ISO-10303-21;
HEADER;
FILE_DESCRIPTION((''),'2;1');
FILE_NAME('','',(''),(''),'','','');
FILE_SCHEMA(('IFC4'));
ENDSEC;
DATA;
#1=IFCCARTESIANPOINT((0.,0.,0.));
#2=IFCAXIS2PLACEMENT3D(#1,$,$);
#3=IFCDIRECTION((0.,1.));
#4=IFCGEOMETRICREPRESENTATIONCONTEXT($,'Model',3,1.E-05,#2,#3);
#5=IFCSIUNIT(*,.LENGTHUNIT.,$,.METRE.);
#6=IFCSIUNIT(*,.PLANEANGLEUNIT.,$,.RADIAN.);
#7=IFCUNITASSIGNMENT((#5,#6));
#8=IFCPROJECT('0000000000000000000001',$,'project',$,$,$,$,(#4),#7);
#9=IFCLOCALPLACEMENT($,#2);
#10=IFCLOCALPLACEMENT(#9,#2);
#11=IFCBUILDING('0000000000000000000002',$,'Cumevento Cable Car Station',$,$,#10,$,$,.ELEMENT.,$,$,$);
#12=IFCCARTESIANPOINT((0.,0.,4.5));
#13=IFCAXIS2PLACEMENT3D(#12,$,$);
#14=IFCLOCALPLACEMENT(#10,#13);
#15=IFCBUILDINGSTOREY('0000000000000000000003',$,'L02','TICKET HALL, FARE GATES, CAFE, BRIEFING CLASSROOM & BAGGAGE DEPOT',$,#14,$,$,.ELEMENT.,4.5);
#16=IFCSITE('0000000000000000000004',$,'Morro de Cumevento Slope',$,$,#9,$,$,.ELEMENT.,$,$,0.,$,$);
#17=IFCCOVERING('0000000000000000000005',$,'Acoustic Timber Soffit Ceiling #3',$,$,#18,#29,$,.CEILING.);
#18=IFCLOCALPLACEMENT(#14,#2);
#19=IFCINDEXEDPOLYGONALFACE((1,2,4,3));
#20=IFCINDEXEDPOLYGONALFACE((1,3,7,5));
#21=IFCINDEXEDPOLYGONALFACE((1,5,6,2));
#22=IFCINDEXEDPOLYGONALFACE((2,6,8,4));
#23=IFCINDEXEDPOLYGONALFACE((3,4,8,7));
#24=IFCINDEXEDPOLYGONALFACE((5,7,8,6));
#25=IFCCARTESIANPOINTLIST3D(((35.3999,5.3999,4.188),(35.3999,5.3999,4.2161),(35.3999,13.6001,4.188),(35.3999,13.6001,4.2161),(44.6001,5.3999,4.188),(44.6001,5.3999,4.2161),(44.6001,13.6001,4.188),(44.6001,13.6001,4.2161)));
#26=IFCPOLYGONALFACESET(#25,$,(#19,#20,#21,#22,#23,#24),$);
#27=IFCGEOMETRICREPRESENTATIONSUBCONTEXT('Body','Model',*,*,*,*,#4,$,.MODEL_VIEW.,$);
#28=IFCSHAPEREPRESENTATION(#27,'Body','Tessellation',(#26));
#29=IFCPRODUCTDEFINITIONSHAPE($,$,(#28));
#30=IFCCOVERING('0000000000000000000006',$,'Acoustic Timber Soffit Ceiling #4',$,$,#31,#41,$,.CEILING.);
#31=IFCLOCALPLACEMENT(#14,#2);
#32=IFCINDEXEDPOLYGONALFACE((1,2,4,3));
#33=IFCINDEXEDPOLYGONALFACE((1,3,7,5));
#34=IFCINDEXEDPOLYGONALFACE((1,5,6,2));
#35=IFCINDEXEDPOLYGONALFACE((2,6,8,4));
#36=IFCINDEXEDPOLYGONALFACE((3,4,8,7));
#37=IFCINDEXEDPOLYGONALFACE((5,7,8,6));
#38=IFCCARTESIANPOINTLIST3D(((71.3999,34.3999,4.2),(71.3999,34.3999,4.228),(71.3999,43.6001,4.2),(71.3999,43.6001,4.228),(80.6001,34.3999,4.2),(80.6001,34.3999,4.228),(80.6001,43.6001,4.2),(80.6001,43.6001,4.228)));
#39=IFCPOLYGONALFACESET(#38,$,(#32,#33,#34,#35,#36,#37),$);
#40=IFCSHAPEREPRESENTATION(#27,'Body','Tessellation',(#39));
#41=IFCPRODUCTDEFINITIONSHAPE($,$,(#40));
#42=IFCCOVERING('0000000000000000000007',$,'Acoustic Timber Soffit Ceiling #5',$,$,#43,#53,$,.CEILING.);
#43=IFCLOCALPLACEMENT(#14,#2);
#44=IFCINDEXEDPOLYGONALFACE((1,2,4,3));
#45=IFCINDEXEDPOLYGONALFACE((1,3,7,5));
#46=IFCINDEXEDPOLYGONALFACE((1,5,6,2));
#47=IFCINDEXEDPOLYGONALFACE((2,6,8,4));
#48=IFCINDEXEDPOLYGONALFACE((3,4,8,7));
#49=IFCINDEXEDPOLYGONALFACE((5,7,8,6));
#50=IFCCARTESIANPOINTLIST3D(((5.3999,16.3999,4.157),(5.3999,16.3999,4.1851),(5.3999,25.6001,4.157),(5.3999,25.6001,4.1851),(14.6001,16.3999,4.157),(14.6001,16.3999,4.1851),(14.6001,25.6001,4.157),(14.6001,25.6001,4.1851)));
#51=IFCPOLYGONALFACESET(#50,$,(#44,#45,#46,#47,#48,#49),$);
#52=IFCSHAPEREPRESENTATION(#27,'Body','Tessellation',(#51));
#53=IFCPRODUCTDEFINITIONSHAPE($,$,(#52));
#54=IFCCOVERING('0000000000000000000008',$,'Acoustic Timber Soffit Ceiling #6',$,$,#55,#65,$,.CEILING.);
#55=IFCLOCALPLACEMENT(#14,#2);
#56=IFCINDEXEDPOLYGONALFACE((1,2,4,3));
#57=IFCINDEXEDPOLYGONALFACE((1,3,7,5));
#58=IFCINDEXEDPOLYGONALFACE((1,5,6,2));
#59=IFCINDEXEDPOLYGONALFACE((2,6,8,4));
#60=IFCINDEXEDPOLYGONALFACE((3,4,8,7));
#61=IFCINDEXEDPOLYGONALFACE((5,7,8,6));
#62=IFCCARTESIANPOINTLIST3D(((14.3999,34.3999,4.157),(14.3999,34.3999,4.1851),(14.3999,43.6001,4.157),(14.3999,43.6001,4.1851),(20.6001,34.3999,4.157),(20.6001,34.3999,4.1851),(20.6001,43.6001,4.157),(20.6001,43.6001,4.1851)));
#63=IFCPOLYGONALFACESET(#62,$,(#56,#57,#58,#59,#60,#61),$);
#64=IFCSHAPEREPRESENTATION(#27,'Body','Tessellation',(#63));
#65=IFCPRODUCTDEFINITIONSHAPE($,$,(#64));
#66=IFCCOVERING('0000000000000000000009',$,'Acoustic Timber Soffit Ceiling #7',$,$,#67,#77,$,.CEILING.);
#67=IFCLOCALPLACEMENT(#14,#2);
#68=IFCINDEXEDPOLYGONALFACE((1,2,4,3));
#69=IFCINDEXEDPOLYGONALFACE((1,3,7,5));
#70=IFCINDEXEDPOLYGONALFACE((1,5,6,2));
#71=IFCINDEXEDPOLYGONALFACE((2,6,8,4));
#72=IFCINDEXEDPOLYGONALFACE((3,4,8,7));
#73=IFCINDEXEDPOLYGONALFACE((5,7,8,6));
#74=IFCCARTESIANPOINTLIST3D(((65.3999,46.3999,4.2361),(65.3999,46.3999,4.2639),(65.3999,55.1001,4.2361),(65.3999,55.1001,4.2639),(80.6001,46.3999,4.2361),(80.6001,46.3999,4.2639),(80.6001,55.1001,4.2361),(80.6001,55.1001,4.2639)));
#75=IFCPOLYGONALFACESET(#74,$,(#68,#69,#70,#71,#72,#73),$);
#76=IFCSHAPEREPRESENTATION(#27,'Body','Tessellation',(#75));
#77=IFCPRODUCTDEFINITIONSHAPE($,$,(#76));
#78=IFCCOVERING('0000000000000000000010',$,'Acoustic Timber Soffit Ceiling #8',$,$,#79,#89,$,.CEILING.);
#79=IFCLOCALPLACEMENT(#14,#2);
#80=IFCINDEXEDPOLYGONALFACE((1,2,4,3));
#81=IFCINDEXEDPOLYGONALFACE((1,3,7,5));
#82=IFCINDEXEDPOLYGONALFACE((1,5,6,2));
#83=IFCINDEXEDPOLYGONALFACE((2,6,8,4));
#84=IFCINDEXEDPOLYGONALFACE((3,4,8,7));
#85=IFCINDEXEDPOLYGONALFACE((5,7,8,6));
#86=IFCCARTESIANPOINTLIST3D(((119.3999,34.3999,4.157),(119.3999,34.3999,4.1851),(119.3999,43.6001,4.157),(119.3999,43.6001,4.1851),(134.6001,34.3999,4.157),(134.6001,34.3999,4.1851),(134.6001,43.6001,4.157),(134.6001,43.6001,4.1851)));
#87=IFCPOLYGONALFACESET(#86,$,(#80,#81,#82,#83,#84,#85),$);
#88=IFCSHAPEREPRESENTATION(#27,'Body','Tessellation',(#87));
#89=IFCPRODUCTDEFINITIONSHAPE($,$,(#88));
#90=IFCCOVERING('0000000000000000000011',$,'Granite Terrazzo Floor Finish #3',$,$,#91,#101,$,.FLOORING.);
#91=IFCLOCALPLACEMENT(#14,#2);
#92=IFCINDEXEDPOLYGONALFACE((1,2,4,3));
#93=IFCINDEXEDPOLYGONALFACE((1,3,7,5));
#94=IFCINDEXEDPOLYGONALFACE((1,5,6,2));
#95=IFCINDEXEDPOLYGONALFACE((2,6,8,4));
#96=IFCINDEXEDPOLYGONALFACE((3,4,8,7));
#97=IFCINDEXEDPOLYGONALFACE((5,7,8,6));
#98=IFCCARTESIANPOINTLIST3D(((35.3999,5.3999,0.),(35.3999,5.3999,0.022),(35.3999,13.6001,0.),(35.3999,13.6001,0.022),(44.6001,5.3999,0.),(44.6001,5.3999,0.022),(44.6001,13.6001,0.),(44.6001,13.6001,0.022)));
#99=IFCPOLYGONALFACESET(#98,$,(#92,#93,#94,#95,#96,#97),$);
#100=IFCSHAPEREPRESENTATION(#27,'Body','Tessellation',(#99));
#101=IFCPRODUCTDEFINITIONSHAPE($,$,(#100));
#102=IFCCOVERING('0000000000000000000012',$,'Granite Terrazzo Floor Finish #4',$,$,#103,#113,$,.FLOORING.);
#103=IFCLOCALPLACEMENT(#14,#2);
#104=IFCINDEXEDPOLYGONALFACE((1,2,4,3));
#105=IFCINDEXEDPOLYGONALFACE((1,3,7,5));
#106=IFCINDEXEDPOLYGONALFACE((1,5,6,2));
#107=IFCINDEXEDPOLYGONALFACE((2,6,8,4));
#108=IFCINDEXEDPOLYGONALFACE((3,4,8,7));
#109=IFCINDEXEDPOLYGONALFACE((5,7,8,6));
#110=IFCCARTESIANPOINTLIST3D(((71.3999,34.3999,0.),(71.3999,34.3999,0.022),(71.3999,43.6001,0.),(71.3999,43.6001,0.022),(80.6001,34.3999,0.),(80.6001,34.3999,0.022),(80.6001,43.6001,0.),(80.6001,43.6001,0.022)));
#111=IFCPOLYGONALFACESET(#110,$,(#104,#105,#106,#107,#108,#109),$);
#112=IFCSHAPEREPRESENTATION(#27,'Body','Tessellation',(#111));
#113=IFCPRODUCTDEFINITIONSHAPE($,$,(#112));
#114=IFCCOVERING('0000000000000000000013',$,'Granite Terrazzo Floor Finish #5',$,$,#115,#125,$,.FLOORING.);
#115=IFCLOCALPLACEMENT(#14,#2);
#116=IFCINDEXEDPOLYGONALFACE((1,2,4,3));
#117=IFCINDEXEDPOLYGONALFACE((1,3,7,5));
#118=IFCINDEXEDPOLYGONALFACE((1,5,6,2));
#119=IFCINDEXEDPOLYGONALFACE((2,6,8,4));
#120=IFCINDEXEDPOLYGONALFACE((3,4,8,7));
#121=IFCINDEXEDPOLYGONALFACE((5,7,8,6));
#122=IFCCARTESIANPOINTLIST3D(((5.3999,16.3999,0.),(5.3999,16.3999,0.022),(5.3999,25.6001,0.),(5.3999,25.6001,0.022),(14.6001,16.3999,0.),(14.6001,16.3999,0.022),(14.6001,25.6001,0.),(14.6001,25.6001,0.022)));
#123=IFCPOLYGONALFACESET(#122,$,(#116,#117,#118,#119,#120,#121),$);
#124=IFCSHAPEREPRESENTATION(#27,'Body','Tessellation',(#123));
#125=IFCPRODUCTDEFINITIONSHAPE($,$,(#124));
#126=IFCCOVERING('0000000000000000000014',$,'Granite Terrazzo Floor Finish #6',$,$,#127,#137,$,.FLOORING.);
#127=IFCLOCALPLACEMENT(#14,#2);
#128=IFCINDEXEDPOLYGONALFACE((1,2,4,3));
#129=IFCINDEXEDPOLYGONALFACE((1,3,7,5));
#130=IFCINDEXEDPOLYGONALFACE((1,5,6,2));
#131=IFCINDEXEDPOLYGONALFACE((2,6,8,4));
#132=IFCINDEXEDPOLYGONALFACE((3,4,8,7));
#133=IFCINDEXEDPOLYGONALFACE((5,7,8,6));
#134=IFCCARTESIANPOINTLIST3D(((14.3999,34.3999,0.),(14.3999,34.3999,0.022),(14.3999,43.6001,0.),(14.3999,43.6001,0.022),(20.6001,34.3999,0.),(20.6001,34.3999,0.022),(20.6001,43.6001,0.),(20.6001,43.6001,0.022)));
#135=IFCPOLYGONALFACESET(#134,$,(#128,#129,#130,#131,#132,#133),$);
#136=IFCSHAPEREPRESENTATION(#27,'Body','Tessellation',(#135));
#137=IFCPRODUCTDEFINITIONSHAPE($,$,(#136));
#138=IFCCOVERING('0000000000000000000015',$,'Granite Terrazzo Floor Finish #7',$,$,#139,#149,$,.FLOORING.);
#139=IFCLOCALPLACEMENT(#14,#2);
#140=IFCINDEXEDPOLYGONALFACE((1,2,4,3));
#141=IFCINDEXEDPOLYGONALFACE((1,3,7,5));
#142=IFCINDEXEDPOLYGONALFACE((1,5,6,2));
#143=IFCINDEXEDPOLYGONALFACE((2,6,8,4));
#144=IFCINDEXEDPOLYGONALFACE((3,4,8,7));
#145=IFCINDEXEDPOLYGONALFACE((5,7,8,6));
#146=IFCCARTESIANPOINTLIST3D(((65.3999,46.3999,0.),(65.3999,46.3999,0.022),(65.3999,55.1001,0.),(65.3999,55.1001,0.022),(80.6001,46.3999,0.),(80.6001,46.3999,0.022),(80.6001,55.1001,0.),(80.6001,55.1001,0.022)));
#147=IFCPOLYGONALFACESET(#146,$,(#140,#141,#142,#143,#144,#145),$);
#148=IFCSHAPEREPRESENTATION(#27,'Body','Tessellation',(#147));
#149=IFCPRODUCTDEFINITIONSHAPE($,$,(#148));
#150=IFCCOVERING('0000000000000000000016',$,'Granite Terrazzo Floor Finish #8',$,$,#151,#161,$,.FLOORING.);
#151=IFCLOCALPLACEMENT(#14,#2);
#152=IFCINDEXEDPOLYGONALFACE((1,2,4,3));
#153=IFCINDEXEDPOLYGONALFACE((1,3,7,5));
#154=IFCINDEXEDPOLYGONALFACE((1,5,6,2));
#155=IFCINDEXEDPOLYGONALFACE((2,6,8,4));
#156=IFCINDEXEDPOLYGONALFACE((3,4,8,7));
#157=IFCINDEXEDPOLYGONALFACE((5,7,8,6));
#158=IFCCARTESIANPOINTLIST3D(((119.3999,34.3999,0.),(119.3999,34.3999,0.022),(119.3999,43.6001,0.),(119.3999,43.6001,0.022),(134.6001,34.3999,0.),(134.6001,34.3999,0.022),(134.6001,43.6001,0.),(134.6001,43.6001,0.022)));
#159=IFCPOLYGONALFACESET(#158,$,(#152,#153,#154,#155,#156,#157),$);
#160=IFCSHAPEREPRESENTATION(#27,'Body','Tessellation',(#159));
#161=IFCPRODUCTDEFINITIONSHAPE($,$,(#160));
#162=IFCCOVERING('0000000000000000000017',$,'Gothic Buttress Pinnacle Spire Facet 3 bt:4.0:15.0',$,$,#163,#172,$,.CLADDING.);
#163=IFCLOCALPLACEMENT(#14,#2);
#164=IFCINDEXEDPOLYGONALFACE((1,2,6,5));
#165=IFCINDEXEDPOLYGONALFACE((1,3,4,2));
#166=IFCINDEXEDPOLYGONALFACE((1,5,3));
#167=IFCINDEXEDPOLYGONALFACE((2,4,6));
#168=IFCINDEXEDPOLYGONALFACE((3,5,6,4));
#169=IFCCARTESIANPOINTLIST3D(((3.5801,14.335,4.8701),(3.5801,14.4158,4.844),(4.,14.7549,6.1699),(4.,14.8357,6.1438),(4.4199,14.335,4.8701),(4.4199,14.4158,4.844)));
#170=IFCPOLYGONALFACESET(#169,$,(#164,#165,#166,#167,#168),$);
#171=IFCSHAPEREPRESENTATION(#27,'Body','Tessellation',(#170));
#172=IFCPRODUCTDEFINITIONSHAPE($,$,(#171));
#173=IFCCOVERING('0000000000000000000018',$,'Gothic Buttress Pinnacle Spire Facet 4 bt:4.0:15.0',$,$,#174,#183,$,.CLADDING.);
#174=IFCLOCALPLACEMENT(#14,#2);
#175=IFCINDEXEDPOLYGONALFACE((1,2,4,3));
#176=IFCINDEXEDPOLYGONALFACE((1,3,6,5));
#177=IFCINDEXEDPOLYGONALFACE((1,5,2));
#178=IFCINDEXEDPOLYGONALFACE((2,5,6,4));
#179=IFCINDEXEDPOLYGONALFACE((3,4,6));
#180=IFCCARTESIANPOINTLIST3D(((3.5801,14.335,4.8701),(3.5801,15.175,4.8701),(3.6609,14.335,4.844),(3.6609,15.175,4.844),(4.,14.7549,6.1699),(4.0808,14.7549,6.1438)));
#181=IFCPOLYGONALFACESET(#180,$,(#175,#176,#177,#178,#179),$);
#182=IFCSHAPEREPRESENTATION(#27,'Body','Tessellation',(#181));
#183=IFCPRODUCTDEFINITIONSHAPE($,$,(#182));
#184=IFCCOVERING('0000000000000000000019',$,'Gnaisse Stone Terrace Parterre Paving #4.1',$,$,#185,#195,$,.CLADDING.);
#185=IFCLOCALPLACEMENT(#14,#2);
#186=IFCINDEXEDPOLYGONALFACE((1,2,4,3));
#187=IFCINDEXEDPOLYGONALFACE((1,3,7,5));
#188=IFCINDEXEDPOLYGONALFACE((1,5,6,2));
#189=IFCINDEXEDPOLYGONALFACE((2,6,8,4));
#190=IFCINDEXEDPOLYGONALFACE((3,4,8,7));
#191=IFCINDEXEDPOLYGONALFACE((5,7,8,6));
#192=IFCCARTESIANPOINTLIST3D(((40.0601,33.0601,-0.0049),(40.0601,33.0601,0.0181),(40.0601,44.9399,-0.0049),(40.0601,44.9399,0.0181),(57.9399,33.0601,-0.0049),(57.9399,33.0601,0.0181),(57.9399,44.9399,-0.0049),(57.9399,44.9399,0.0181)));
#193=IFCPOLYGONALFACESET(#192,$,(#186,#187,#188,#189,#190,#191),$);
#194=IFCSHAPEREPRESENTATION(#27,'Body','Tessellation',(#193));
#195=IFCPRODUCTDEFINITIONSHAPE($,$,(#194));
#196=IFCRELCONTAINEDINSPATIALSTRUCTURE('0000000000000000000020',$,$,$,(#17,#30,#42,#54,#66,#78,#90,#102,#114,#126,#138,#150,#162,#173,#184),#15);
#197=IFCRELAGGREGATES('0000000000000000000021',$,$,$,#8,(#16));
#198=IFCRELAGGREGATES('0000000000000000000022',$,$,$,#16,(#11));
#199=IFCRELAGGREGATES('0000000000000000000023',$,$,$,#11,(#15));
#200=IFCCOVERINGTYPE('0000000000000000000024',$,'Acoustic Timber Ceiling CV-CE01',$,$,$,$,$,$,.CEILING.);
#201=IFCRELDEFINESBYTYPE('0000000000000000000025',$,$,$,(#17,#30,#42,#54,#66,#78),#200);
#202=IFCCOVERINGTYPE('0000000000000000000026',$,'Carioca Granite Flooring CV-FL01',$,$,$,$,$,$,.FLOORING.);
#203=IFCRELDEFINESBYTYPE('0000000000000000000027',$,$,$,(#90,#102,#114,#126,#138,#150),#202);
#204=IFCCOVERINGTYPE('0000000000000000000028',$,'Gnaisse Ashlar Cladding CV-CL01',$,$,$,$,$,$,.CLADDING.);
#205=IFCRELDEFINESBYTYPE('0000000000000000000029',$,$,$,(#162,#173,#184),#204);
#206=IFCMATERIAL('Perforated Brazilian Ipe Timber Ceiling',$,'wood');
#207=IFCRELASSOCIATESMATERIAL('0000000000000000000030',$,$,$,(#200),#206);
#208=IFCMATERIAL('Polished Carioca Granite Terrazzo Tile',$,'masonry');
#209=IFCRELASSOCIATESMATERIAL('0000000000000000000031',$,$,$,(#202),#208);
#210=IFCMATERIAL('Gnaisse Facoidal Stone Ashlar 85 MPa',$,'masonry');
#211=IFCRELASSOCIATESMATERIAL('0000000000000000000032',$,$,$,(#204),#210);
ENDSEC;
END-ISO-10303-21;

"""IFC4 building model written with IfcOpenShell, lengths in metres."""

from ifc_helpers import new_model, si_unit, direction, frame, origin, place, context, subcontext, project, spatial, polyline, outline, extrude, material, type_object, element, save


model = new_model("IFC4")

# Units and contexts
model_context = context("Model", 3, precision=1e-05, world=origin(), true_north=direction((0.0, 1.0)))
body_context = subcontext(model_context, "Body", "Model", "MODEL_VIEW")
ifc_project = project(units=[si_unit("LENGTHUNIT", "METRE"), si_unit("PLANEANGLEUNIT", "RADIAN")], contexts=[model_context])

# Site, building, storey
site_placement = place(None, origin())
site = spatial("IfcSite", under=ifc_project, at=site_placement, Name="Morro de Cumevento Slope", CompositionType="ELEMENT", RefElevation=0.0)
building_placement = place(site_placement, origin())
building = spatial("IfcBuilding", under=site, at=building_placement, Name="Cumevento Cable Car Station", CompositionType="ELEMENT")
storey_placement = place(building_placement, frame((0.0, 0.0, 4.5)))
storey = spatial("IfcBuildingStorey", under=building, at=storey_placement, Name="L02", Description="TICKET HALL, FARE GATES, CAFE, BRIEFING CLASSROOM & BAGGAGE DEPOT", CompositionType="ELEMENT", Elevation=4.5)

# Coverings
ifc_material_1 = material(Name="Perforated Brazilian Ipe Timber Ceiling", Category="wood")
covering_type_1 = type_object("IfcCoveringType", Name="Acoustic Timber Ceiling CV-CE01", PredefinedType="CEILING", material=ifc_material_1)
covering_1_placement = place(storey_placement, frame((0.0, 0.0, 4.188)))
element("IfcCovering", 1, at=covering_1_placement, inside=storey, type_object=covering_type_1, Name="Acoustic Timber Soffit Ceiling #3", PredefinedType="CEILING", context=body_context, shape_type="SweptSolid", body=[
    extrude(outline(polyline([(35.3999, 5.3999), (44.6001, 5.3999), (44.6001, 13.6001), (35.3999, 13.6001), (35.3999, 5.3999)])), origin(), (0.0, 0.0, 1.0), 0.0281),
])
covering_2_placement = place(storey_placement, frame((0.0, 0.0, 4.2)))
element("IfcCovering", 2, at=covering_2_placement, inside=storey, type_object=covering_type_1, Name="Acoustic Timber Soffit Ceiling #4", PredefinedType="CEILING", context=body_context, shape_type="SweptSolid", body=[
    extrude(outline(polyline([(71.3999, 34.3999), (80.6001, 34.3999), (80.6001, 43.6001), (71.3999, 43.6001), (71.3999, 34.3999)])), origin(), (0.0, 0.0, 1.0), 0.0281),
])
covering_3_placement = place(storey_placement, frame((0.0, 0.0, 4.157)))
element("IfcCovering", 3, at=covering_3_placement, inside=storey, type_object=covering_type_1, Name="Acoustic Timber Soffit Ceiling #5", PredefinedType="CEILING", context=body_context, shape_type="SweptSolid", body=[
    extrude(outline(polyline([(5.3999, 16.3999), (14.6001, 16.3999), (14.6001, 25.6001), (5.3999, 25.6001), (5.3999, 16.3999)])), origin(), (0.0, 0.0, 1.0), 0.0281),
])
covering_4_placement = place(storey_placement, frame((0.0, 0.0, 4.157)))
element("IfcCovering", 4, at=covering_4_placement, inside=storey, type_object=covering_type_1, Name="Acoustic Timber Soffit Ceiling #6", PredefinedType="CEILING", context=body_context, shape_type="SweptSolid", body=[
    extrude(outline(polyline([(14.3999, 34.3999), (20.6001, 34.3999), (20.6001, 43.6001), (14.3999, 43.6001), (14.3999, 34.3999)])), origin(), (0.0, 0.0, 1.0), 0.0281),
])
covering_5_placement = place(storey_placement, frame((0.0, 0.0, 4.2361)))
element("IfcCovering", 5, at=covering_5_placement, inside=storey, type_object=covering_type_1, Name="Acoustic Timber Soffit Ceiling #7", PredefinedType="CEILING", context=body_context, shape_type="SweptSolid", body=[
    extrude(outline(polyline([(65.3999, 46.3999), (80.6001, 46.3999), (80.6001, 55.1001), (65.3999, 55.1001), (65.3999, 46.3999)])), origin(), (0.0, 0.0, 1.0), 0.0278),
])
covering_6_placement = place(storey_placement, frame((0.0, 0.0, 4.157)))
element("IfcCovering", 6, at=covering_6_placement, inside=storey, type_object=covering_type_1, Name="Acoustic Timber Soffit Ceiling #8", PredefinedType="CEILING", context=body_context, shape_type="SweptSolid", body=[
    extrude(outline(polyline([(119.3999, 34.3999), (134.6001, 34.3999), (134.6001, 43.6001), (119.3999, 43.6001), (119.3999, 34.3999)])), origin(), (0.0, 0.0, 1.0), 0.0281),
])
ifc_material_2 = material(Name="Polished Carioca Granite Terrazzo Tile", Category="masonry")
covering_type_2 = type_object("IfcCoveringType", Name="Carioca Granite Flooring CV-FL01", PredefinedType="FLOORING", material=ifc_material_2)
covering_7_placement = place(storey_placement, origin())
element("IfcCovering", 7, at=covering_7_placement, inside=storey, type_object=covering_type_2, Name="Granite Terrazzo Floor Finish #3", PredefinedType="FLOORING", context=body_context, shape_type="SweptSolid", body=[
    extrude(outline(polyline([(35.3999, 5.3999), (44.6001, 5.3999), (44.6001, 13.6001), (35.3999, 13.6001), (35.3999, 5.3999)])), origin(), (0.0, 0.0, 1.0), 0.022),
])
covering_8_placement = place(storey_placement, origin())
element("IfcCovering", 8, at=covering_8_placement, inside=storey, type_object=covering_type_2, Name="Granite Terrazzo Floor Finish #4", PredefinedType="FLOORING", context=body_context, shape_type="SweptSolid", body=[
    extrude(outline(polyline([(71.3999, 34.3999), (80.6001, 34.3999), (80.6001, 43.6001), (71.3999, 43.6001), (71.3999, 34.3999)])), origin(), (0.0, 0.0, 1.0), 0.022),
])
covering_9_placement = place(storey_placement, origin())
element("IfcCovering", 9, at=covering_9_placement, inside=storey, type_object=covering_type_2, Name="Granite Terrazzo Floor Finish #5", PredefinedType="FLOORING", context=body_context, shape_type="SweptSolid", body=[
    extrude(outline(polyline([(5.3999, 16.3999), (14.6001, 16.3999), (14.6001, 25.6001), (5.3999, 25.6001), (5.3999, 16.3999)])), origin(), (0.0, 0.0, 1.0), 0.022),
])
covering_10_placement = place(storey_placement, origin())
element("IfcCovering", 10, at=covering_10_placement, inside=storey, type_object=covering_type_2, Name="Granite Terrazzo Floor Finish #6", PredefinedType="FLOORING", context=body_context, shape_type="SweptSolid", body=[
    extrude(outline(polyline([(14.3999, 34.3999), (20.6001, 34.3999), (20.6001, 43.6001), (14.3999, 43.6001), (14.3999, 34.3999)])), origin(), (0.0, 0.0, 1.0), 0.022),
])
covering_11_placement = place(storey_placement, origin())
element("IfcCovering", 11, at=covering_11_placement, inside=storey, type_object=covering_type_2, Name="Granite Terrazzo Floor Finish #7", PredefinedType="FLOORING", context=body_context, shape_type="SweptSolid", body=[
    extrude(outline(polyline([(65.3999, 46.3999), (80.6001, 46.3999), (80.6001, 55.1001), (65.3999, 55.1001), (65.3999, 46.3999)])), origin(), (0.0, 0.0, 1.0), 0.022),
])
covering_12_placement = place(storey_placement, origin())
element("IfcCovering", 12, at=covering_12_placement, inside=storey, type_object=covering_type_2, Name="Granite Terrazzo Floor Finish #8", PredefinedType="FLOORING", context=body_context, shape_type="SweptSolid", body=[
    extrude(outline(polyline([(119.3999, 34.3999), (134.6001, 34.3999), (134.6001, 43.6001), (119.3999, 43.6001), (119.3999, 34.3999)])), origin(), (0.0, 0.0, 1.0), 0.022),
])
ifc_material_3 = material(Name="Gnaisse Facoidal Stone Ashlar 85 MPa", Category="masonry")
covering_type_3 = type_object("IfcCoveringType", Name="Gnaisse Ashlar Cladding CV-CL01", PredefinedType="CLADDING", material=ifc_material_3)
covering_13_placement = place(storey_placement, frame((4.4199, 14.335, 4.8701), z_axis=(0.0, -0.951574, 0.307421), x_axis=(-1.0, 0.0, 0.0)))
element("IfcCovering", 13, at=covering_13_placement, inside=storey, type_object=covering_type_3, Name="Gothic Buttress Pinnacle Spire Facet 3 bt:4.0:15.0", PredefinedType="CLADDING", context=body_context, shape_type="SweptSolid", body=[
    extrude(outline(polyline([(0.0, 0.0), (0.8398, 0.0), (0.4199, -1.366), (0.0, 0.0)])), origin(), (0.0, 0.0, -1.0), 0.085),
])
covering_14_placement = place(storey_placement, frame((3.5801, 14.335, 4.8701), z_axis=(-0.951574, 0.0, 0.307421), x_axis=(0.0, 1.0, 0.0)))
element("IfcCovering", 14, at=covering_14_placement, inside=storey, type_object=covering_type_3, Name="Gothic Buttress Pinnacle Spire Facet 4 bt:4.0:15.0", PredefinedType="CLADDING", context=body_context, shape_type="SweptSolid", body=[
    extrude(outline(polyline([(0.0, 0.0), (0.8401, 0.0), (0.4199, -1.366), (0.0, 0.0)])), origin(), (0.0, 0.0, -1.0), 0.085),
])
covering_15_placement = place(storey_placement, frame((0.0, 0.0, -0.0049)))
element("IfcCovering", 15, at=covering_15_placement, inside=storey, type_object=covering_type_3, Name="Gnaisse Stone Terrace Parterre Paving #4.1", PredefinedType="CLADDING", context=body_context, shape_type="SweptSolid", body=[
    extrude(outline(polyline([(40.0601, 44.9399), (57.9399, 44.9399), (57.9399, 33.0601), (40.0601, 33.0601), (40.0601, 44.9399)])), origin(), (0.0, 0.0, 1.0), 0.0229),
])

save(model, "model.ifc")
